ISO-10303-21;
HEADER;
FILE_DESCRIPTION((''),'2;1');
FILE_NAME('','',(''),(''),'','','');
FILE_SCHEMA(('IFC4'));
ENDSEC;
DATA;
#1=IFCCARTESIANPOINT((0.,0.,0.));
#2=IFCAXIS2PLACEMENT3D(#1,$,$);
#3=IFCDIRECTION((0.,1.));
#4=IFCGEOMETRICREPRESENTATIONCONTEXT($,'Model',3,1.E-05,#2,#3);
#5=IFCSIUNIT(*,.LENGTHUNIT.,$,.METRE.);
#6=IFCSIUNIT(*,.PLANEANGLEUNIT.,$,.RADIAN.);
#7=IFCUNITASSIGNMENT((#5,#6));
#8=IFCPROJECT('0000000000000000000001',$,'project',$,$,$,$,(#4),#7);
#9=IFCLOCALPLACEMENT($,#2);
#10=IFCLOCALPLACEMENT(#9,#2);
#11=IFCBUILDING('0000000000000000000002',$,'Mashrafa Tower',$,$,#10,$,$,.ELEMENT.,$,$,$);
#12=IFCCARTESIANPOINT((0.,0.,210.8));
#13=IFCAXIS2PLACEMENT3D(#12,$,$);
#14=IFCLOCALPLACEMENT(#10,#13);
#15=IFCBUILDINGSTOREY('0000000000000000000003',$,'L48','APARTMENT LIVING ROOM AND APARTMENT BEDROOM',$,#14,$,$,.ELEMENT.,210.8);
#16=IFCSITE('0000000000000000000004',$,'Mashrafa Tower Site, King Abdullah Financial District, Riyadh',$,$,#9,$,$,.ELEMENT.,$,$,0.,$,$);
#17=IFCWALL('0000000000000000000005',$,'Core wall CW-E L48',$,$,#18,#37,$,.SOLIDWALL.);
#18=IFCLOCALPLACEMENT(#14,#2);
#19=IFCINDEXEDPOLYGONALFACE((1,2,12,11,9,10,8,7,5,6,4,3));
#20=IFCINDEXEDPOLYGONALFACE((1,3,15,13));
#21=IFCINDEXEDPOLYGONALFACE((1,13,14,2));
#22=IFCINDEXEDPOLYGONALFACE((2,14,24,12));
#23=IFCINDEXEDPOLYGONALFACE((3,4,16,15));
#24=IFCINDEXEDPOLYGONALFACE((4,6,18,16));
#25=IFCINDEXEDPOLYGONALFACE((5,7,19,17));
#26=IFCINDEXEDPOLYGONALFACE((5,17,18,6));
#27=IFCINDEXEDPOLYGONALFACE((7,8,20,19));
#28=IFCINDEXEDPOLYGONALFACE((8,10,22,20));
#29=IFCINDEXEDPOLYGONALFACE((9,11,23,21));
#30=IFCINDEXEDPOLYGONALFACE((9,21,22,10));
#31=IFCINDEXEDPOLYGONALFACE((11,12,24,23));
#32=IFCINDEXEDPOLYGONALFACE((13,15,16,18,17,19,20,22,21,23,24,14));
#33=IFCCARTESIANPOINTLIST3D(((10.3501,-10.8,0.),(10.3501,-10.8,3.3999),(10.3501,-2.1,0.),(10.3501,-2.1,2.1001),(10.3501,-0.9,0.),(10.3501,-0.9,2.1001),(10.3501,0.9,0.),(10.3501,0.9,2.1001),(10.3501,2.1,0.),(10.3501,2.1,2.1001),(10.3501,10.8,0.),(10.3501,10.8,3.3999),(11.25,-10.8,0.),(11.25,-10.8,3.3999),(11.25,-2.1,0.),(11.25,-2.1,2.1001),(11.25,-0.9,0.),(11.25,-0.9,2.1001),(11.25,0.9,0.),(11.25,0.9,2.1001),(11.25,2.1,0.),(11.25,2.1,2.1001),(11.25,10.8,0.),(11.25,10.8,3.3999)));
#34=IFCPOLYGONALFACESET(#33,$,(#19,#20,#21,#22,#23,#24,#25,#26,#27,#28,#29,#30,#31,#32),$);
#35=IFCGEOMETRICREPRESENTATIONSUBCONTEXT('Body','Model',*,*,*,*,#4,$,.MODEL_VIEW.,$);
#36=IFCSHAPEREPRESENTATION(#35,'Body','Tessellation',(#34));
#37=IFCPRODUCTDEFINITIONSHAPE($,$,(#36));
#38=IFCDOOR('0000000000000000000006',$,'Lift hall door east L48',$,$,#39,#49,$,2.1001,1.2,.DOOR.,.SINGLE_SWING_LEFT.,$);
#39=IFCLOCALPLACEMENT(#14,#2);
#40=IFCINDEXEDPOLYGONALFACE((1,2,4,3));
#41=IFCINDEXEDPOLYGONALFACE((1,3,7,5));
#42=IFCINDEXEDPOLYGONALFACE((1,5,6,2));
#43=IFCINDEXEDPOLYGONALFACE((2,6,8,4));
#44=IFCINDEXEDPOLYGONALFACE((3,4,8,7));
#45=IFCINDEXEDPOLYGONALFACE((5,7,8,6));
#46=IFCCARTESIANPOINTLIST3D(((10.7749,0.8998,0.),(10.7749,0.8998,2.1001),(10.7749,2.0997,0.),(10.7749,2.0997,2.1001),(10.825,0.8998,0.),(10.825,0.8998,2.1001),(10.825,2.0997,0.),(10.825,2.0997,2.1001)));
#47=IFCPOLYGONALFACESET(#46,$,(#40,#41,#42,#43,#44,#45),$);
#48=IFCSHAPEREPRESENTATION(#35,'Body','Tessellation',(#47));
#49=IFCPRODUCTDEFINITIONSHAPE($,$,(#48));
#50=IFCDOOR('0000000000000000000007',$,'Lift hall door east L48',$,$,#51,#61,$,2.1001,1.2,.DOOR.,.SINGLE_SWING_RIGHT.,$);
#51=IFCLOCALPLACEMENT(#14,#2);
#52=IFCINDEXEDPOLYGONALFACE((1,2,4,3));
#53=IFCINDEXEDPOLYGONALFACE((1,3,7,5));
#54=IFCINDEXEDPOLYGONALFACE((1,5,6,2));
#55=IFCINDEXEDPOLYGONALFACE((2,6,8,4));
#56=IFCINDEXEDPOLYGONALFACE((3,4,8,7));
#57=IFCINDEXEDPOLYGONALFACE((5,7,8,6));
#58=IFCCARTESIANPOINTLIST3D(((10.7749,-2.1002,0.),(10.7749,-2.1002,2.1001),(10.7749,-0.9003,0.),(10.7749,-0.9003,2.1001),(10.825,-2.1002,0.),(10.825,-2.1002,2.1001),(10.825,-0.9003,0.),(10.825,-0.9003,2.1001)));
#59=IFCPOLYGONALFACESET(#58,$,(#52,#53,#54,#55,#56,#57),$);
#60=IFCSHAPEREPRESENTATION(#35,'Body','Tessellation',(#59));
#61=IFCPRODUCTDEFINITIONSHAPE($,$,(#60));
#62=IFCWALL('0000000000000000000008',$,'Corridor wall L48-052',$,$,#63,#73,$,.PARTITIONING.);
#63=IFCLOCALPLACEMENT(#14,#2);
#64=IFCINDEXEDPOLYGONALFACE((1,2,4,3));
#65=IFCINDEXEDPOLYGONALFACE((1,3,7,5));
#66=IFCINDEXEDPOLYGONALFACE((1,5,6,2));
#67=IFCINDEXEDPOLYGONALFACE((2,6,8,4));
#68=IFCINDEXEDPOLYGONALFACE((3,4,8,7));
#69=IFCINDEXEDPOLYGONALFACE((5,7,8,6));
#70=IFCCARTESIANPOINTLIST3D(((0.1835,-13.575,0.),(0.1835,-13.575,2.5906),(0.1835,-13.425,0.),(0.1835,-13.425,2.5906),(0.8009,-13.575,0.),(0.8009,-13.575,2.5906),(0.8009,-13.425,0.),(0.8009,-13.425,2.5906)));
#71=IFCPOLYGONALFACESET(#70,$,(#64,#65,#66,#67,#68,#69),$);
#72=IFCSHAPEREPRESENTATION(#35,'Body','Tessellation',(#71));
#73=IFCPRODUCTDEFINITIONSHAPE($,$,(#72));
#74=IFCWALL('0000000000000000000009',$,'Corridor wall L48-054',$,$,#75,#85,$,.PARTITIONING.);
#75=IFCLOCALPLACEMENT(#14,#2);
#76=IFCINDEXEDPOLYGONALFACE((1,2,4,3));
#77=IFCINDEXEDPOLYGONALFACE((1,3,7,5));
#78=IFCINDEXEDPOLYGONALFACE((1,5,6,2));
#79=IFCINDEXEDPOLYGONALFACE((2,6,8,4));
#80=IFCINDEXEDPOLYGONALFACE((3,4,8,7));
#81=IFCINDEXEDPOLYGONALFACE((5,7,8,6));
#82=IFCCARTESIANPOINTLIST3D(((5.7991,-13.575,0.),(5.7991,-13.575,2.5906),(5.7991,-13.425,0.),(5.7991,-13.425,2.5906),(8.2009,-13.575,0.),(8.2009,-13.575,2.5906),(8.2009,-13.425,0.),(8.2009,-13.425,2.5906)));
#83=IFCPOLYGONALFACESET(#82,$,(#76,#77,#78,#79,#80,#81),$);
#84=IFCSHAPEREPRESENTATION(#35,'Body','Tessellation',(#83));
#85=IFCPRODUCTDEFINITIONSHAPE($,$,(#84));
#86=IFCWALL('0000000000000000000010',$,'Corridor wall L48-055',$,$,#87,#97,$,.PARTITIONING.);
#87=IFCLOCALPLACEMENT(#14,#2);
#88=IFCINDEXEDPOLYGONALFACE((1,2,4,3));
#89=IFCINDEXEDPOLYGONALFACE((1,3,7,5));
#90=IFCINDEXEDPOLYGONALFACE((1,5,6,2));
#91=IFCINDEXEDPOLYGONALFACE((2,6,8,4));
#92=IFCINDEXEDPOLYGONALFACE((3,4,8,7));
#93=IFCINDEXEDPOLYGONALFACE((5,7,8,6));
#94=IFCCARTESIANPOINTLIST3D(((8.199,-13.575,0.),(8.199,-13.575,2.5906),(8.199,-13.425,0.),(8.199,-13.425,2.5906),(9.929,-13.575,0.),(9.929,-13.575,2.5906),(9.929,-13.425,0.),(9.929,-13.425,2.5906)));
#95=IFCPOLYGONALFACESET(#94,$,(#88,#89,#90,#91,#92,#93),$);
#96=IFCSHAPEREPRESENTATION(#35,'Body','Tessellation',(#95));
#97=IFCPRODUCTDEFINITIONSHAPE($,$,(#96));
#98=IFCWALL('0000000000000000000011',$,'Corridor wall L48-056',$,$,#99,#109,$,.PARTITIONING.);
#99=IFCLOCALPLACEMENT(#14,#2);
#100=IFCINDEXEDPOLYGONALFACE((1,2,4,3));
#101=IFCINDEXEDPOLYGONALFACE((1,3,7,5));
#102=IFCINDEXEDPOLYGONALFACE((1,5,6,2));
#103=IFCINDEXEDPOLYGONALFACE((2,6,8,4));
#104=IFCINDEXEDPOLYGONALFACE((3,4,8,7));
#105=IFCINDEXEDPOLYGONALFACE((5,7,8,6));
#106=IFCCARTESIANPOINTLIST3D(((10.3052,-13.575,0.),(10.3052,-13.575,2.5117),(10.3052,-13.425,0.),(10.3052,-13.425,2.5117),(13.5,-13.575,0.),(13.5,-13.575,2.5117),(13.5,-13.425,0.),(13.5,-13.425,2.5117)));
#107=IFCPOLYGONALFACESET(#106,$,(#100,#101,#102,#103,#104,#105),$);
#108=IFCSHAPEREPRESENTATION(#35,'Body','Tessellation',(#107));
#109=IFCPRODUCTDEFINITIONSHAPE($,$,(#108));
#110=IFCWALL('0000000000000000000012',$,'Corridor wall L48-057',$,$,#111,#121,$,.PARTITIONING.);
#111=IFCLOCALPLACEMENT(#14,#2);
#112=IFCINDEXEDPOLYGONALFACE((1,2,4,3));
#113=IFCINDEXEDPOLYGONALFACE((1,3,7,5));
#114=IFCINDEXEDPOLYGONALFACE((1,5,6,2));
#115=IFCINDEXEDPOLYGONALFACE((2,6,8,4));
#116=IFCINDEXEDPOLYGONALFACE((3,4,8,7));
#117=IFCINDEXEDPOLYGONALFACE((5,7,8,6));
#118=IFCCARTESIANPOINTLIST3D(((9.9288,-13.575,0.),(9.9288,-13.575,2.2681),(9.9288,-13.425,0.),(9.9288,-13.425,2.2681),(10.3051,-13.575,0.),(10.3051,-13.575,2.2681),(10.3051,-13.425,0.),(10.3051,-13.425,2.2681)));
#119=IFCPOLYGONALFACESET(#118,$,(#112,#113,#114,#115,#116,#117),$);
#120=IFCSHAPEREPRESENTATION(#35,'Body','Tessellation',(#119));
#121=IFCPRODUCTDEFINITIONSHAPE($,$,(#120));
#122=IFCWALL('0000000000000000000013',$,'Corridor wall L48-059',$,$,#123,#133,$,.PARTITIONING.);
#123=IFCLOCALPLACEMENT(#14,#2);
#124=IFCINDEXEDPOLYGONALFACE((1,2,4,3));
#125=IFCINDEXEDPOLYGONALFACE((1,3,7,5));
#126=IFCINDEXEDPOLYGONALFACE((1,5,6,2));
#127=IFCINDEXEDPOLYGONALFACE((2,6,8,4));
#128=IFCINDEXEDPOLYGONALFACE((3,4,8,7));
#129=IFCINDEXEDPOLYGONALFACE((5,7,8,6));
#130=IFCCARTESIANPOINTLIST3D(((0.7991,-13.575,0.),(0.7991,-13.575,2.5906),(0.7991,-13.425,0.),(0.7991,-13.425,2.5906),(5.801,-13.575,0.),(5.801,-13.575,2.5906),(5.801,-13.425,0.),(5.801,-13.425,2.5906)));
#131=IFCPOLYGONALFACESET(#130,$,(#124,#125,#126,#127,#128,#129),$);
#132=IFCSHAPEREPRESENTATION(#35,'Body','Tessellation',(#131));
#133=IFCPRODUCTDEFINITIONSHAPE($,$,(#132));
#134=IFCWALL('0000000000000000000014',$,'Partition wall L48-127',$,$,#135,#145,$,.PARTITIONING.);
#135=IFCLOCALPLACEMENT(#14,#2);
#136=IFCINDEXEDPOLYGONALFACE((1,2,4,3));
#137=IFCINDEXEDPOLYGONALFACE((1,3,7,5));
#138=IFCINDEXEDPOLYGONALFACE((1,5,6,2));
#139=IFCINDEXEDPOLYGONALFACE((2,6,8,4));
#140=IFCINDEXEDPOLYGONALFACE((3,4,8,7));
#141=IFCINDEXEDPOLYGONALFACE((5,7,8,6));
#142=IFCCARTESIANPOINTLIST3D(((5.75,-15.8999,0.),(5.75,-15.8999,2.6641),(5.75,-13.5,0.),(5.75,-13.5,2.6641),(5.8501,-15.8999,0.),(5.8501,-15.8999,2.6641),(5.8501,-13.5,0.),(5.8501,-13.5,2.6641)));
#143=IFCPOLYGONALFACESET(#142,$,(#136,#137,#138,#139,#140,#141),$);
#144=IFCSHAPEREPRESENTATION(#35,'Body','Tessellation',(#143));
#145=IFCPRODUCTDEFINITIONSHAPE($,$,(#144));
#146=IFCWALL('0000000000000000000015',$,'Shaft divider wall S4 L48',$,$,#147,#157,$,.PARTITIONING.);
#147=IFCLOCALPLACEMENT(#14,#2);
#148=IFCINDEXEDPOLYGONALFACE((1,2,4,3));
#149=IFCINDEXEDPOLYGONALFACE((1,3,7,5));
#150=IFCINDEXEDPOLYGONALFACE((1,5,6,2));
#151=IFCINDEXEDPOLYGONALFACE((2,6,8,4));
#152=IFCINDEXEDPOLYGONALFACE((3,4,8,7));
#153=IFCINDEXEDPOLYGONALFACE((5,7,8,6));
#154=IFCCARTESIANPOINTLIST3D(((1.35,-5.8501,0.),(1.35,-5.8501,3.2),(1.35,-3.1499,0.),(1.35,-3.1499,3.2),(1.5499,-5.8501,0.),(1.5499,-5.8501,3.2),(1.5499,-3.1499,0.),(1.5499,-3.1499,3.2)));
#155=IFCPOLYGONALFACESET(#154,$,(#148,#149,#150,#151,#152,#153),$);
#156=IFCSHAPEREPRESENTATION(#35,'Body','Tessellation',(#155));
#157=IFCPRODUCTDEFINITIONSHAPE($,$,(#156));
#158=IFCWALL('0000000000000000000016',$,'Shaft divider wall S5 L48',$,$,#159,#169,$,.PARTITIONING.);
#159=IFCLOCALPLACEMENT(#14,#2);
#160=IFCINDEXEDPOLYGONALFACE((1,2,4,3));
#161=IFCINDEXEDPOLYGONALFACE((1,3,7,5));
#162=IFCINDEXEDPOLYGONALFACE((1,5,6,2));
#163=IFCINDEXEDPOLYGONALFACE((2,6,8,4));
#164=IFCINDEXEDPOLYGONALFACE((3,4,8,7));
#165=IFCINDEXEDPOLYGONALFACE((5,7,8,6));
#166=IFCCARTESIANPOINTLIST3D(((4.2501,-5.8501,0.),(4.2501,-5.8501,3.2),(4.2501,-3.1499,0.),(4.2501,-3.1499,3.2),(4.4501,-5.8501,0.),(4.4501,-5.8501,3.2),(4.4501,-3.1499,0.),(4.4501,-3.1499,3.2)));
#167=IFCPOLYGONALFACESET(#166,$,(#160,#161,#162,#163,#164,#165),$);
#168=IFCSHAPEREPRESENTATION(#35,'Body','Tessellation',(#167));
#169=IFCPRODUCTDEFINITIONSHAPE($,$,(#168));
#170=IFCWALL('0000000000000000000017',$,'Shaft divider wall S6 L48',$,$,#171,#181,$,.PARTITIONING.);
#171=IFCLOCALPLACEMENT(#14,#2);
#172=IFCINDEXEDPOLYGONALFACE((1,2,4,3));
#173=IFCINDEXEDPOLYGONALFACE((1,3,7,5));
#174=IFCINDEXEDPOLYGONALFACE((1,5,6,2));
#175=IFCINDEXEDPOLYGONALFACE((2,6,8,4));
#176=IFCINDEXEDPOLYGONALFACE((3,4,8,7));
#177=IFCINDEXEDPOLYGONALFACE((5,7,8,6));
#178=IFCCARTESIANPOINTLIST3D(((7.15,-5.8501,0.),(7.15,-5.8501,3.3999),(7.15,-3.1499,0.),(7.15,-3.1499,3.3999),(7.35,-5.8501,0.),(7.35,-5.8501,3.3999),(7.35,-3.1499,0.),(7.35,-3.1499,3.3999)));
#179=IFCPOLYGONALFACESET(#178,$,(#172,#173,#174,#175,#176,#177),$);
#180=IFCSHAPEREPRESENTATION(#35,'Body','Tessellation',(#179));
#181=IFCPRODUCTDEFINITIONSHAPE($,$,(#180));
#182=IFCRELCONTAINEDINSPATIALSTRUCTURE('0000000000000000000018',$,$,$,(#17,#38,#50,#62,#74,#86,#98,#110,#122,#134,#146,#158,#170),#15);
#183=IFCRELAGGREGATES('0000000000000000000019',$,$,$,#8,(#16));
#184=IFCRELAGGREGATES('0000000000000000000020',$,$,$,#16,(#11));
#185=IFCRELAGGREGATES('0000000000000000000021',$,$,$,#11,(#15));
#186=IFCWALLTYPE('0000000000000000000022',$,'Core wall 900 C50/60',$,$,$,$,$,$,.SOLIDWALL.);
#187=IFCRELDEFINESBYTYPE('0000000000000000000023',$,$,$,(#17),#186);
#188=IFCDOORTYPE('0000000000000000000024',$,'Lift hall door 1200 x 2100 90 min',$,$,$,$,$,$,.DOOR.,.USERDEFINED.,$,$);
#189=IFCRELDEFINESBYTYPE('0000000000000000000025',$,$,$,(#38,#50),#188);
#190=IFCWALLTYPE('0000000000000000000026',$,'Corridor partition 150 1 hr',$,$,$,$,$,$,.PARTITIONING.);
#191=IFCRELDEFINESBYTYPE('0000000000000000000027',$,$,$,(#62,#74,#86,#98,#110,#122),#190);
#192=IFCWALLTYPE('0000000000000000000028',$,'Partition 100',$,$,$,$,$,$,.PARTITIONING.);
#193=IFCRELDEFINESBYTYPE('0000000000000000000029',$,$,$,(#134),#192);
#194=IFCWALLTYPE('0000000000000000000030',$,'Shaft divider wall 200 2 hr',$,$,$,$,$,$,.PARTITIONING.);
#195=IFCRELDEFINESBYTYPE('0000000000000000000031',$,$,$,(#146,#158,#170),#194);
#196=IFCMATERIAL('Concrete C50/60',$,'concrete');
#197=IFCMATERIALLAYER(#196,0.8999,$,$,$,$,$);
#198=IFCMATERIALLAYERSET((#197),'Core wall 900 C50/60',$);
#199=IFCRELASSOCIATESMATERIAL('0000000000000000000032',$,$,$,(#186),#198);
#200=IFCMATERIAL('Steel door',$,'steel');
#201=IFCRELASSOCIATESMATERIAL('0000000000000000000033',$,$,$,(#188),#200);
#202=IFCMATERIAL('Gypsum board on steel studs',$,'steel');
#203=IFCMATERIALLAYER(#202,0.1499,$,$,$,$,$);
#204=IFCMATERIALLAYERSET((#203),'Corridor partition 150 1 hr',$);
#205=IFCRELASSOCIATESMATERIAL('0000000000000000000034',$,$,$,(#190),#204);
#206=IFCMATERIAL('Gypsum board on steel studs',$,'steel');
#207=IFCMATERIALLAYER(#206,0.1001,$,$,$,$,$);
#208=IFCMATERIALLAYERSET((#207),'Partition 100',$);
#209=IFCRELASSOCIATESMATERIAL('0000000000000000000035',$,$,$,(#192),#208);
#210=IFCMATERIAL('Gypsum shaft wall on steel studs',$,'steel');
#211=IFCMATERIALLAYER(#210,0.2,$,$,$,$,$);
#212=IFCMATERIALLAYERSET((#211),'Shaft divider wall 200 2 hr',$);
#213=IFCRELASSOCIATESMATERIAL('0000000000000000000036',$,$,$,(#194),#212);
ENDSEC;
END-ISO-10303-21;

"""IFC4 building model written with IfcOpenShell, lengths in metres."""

from ifc_helpers import new_model, si_unit, direction, frame, frame_2d, origin, place, context, subcontext, project, spatial, rectangle, extrude, material, layer, layer_set, type_object, element, fill, save


model = new_model("IFC4")

# Units and contexts
model_context = context("Model", 3, precision=1e-05, world=origin(), true_north=direction((0.0, 1.0)))
body_context = subcontext(model_context, "Body", "Model", "MODEL_VIEW")
ifc_project = project(units=[si_unit("LENGTHUNIT", "METRE"), si_unit("PLANEANGLEUNIT", "RADIAN")], contexts=[model_context])

# Site, building, storey
site_placement = place(None, origin())
site = spatial("IfcSite", under=ifc_project, at=site_placement, Name="Mashrafa Tower Site, King Abdullah Financial District, Riyadh", CompositionType="ELEMENT", RefElevation=0.0)
building_placement = place(site_placement, origin())
building = spatial("IfcBuilding", under=site, at=building_placement, Name="Mashrafa Tower", CompositionType="ELEMENT")
storey_placement = place(building_placement, frame((0.0, 0.0, 210.8)))
storey = spatial("IfcBuildingStorey", under=building, at=storey_placement, Name="L48", Description="APARTMENT LIVING ROOM AND APARTMENT BEDROOM", CompositionType="ELEMENT", Elevation=210.8)

# Wall, openings, doors
ifc_material_1 = material(Name="Concrete C50/60", Category="concrete")
ifc_layer_1 = layer(ifc_material_1, 0.8999)
ifc_layer_set_1 = layer_set([ifc_layer_1], Name="Core wall 900 C50/60")
wall_type_1 = type_object("IfcWallType", Name="Core wall 900 C50/60", PredefinedType="SOLIDWALL", material=ifc_layer_set_1)
wall_1_placement = place(storey_placement, frame((10.8, -10.8, 0.0), z_axis=(0.0, 0.0, 1.0), x_axis=(0.0, 1.0, 0.0)))
wall_1 = element("IfcWall", 1, at=wall_1_placement, inside=storey, type_object=wall_type_1, Name="Core wall CW-E L48", PredefinedType="SOLIDWALL", context=body_context, shape_type="SweptSolid", body=[
    extrude(rectangle(XDim=21.6001, YDim=0.8999, at=frame_2d((10.8, 0.0))), origin(), (0.0, 0.0, 1.0), 3.3999),
])
opening_1_placement = place(wall_1_placement, frame((11.7, 0.0, 0.0)))
opening_1 = element("IfcOpeningElement", 2, at=opening_1_placement, cuts=wall_1, PredefinedType="OPENING", context=body_context, shape_type="SweptSolid", body=[
    extrude(rectangle(XDim=1.2, YDim=2.1001, at=frame_2d((0.6001, 1.05))), frame((0.0, 0.46, 0.0), z_axis=(0.0, -1.0, 0.0), x_axis=(1.0, 0.0, 0.0)), (0.0, 0.0, 1.0), 0.9199),
])
opening_2_placement = place(wall_1_placement, frame((8.7, 0.0, 0.0)))
opening_2 = element("IfcOpeningElement", 3, at=opening_2_placement, cuts=wall_1, PredefinedType="OPENING", context=body_context, shape_type="SweptSolid", body=[
    extrude(rectangle(XDim=1.2, YDim=2.1001, at=frame_2d((0.6001, 1.05))), frame((0.0, 0.46, 0.0), z_axis=(0.0, -1.0, 0.0), x_axis=(1.0, 0.0, 0.0)), (0.0, 0.0, 1.0), 0.9199),
])
ifc_material_2 = material(Name="Steel door", Category="steel")
door_type_1 = type_object("IfcDoorType", Name="Lift hall door 1200 x 2100 90 min", OperationType="USERDEFINED", PredefinedType="DOOR", material=ifc_material_2)
door_1_placement = place(opening_1_placement, frame((1.2, 0.0, 0.0), z_axis=(0.0, 0.0, 1.0), x_axis=(-1.0, 0.0, 0.0)))
door_1 = element("IfcDoor", 4, at=door_1_placement, inside=storey, type_object=door_type_1, Name="Lift hall door east L48", OperationType="SINGLE_SWING_LEFT", OverallHeight=2.1001, OverallWidth=1.2, PredefinedType="DOOR", context=body_context, shape_type="SweptSolid", body=[
    extrude(rectangle(XDim=1.2, YDim=2.1001, at=frame_2d((0.6001, 1.05))), frame((0.0, 0.0249, 0.0), z_axis=(0.0, -1.0, 0.0), x_axis=(1.0, 0.0, 0.0)), (0.0, 0.0, 1.0), 0.05),
])
fill(opening_1, door_1)
door_2_placement = place(opening_2_placement, frame((1.2, 0.0, 0.0), z_axis=(0.0, 0.0, 1.0), x_axis=(-1.0, 0.0, 0.0)))
door_2 = element("IfcDoor", 5, at=door_2_placement, inside=storey, type_object=door_type_1, Name="Lift hall door east L48", OperationType="SINGLE_SWING_RIGHT", OverallHeight=2.1001, OverallWidth=1.2, PredefinedType="DOOR", context=body_context, shape_type="SweptSolid", body=[
    extrude(rectangle(XDim=1.2, YDim=2.1001, at=frame_2d((0.6001, 1.05))), frame((0.0, 0.0249, 0.0), z_axis=(0.0, -1.0, 0.0), x_axis=(1.0, 0.0, 0.0)), (0.0, 0.0, 1.0), 0.05),
])
fill(opening_2, door_2)

# Walls
ifc_material_3 = material(Name="Gypsum board on steel studs", Category="steel")
ifc_layer_2 = layer(ifc_material_3, 0.1499)
ifc_layer_set_2 = layer_set([ifc_layer_2], Name="Corridor partition 150 1 hr")
wall_type_2 = type_object("IfcWallType", Name="Corridor partition 150 1 hr", PredefinedType="PARTITIONING", material=ifc_layer_set_2)
wall_2_placement = place(storey_placement, frame((0.1836, -13.5, 0.0), z_axis=(0.0, 0.0, 1.0), x_axis=(1.0, 0.0, 0.0)))
element("IfcWall", 6, at=wall_2_placement, inside=storey, type_object=wall_type_2, Name="Corridor wall L48-052", PredefinedType="PARTITIONING", context=body_context, shape_type="SweptSolid", body=[
    extrude(rectangle(XDim=0.6174, YDim=0.1499, at=frame_2d((0.3086, 0.0))), origin(), (0.0, 0.0, 1.0), 2.5906),
])
wall_3_placement = place(storey_placement, frame((5.7991, -13.5, 0.0), z_axis=(0.0, 0.0, 1.0), x_axis=(1.0, 0.0, 0.0)))
element("IfcWall", 7, at=wall_3_placement, inside=storey, type_object=wall_type_2, Name="Corridor wall L48-054", PredefinedType="PARTITIONING", context=body_context, shape_type="SweptSolid", body=[
    extrude(rectangle(XDim=2.4019, YDim=0.1499, at=frame_2d((1.2009, 0.0))), origin(), (0.0, 0.0, 1.0), 2.5906),
])
wall_4_placement = place(storey_placement, frame((8.199, -13.5, 0.0), z_axis=(0.0, 0.0, 1.0), x_axis=(1.0, 0.0, 0.0)))
element("IfcWall", 8, at=wall_4_placement, inside=storey, type_object=wall_type_2, Name="Corridor wall L48-055", PredefinedType="PARTITIONING", context=body_context, shape_type="SweptSolid", body=[
    extrude(rectangle(XDim=1.73, YDim=0.1499, at=frame_2d((0.865, 0.0))), origin(), (0.0, 0.0, 1.0), 2.5906),
])
wall_5_placement = place(storey_placement, frame((10.3052, -13.5, 0.0), z_axis=(0.0, 0.0, 1.0), x_axis=(1.0, 0.0, 0.0)))
element("IfcWall", 9, at=wall_5_placement, inside=storey, type_object=wall_type_2, Name="Corridor wall L48-056", PredefinedType="PARTITIONING", context=body_context, shape_type="SweptSolid", body=[
    extrude(rectangle(XDim=3.1948, YDim=0.1499, at=frame_2d((1.5974, 0.0))), origin(), (0.0, 0.0, 1.0), 2.5117),
])
wall_6_placement = place(storey_placement, frame((9.929, -13.5, 0.0), z_axis=(0.0, 0.0, 1.0), x_axis=(1.0, 0.0, 0.0)))
element("IfcWall", 10, at=wall_6_placement, inside=storey, type_object=wall_type_2, Name="Corridor wall L48-057", PredefinedType="PARTITIONING", context=body_context, shape_type="SweptSolid", body=[
    extrude(rectangle(XDim=0.3762, YDim=0.1499, at=frame_2d((0.188, 0.0))), origin(), (0.0, 0.0, 1.0), 2.2681),
])
wall_7_placement = place(storey_placement, frame((0.7991, -13.5, 0.0), z_axis=(0.0, 0.0, 1.0), x_axis=(1.0, 0.0, 0.0)))
element("IfcWall", 11, at=wall_7_placement, inside=storey, type_object=wall_type_2, Name="Corridor wall L48-059", PredefinedType="PARTITIONING", context=body_context, shape_type="SweptSolid", body=[
    extrude(rectangle(XDim=5.002, YDim=0.1499, at=frame_2d((2.501, 0.0))), origin(), (0.0, 0.0, 1.0), 2.5906),
])
ifc_material_4 = material(Name="Gypsum board on steel studs", Category="steel")
ifc_layer_3 = layer(ifc_material_4, 0.1001)
ifc_layer_set_3 = layer_set([ifc_layer_3], Name="Partition 100")
wall_type_3 = type_object("IfcWallType", Name="Partition 100", PredefinedType="PARTITIONING", material=ifc_layer_set_3)
wall_8_placement = place(storey_placement, frame((5.8, -13.5, 0.0), z_axis=(0.0, 0.0, 1.0), x_axis=(0.0, -1.0, 0.0)))
element("IfcWall", 12, at=wall_8_placement, inside=storey, type_object=wall_type_3, Name="Partition wall L48-127", PredefinedType="PARTITIONING", context=body_context, shape_type="SweptSolid", body=[
    extrude(rectangle(XDim=2.3999, YDim=0.1001, at=frame_2d((1.2, 0.0))), origin(), (0.0, 0.0, 1.0), 2.6641),
])
ifc_material_5 = material(Name="Gypsum shaft wall on steel studs", Category="steel")
ifc_layer_4 = layer(ifc_material_5, 0.2)
ifc_layer_set_4 = layer_set([ifc_layer_4], Name="Shaft divider wall 200 2 hr")
wall_type_4 = type_object("IfcWallType", Name="Shaft divider wall 200 2 hr", PredefinedType="PARTITIONING", material=ifc_layer_set_4)
for number, where, z_axis, x_axis, name in (
    (13, (1.45, -5.8501, 0.0), (0.0, 0.0, 1.0), (0.0, 1.0, 0.0), "Shaft divider wall S4 L48"),
    (14, (4.3501, -5.8501, 0.0), (0.0, 0.0, 1.0), (0.0, 1.0, 0.0), "Shaft divider wall S5 L48"),
):
    element("IfcWall", number, at=place(storey_placement, frame(where, z_axis=z_axis, x_axis=x_axis)), inside=storey, type_object=wall_type_4, Name=name, PredefinedType="PARTITIONING", context=body_context, shape_type="SweptSolid", body=[
        extrude(rectangle(XDim=2.7002, YDim=0.2, at=frame_2d((1.3501, 0.0))), origin(), (0.0, 0.0, 1.0), 3.2),
    ])
wall_9_placement = place(storey_placement, frame((7.25, -5.8501, 0.0), z_axis=(0.0, 0.0, 1.0), x_axis=(0.0, 1.0, 0.0)))
element("IfcWall", 15, at=wall_9_placement, inside=storey, type_object=wall_type_4, Name="Shaft divider wall S6 L48", PredefinedType="PARTITIONING", context=body_context, shape_type="SweptSolid", body=[
    extrude(rectangle(XDim=2.7002, YDim=0.2, at=frame_2d((1.3501, 0.0))), origin(), (0.0, 0.0, 1.0), 3.3999),
])

save(model, "model.ifc")
